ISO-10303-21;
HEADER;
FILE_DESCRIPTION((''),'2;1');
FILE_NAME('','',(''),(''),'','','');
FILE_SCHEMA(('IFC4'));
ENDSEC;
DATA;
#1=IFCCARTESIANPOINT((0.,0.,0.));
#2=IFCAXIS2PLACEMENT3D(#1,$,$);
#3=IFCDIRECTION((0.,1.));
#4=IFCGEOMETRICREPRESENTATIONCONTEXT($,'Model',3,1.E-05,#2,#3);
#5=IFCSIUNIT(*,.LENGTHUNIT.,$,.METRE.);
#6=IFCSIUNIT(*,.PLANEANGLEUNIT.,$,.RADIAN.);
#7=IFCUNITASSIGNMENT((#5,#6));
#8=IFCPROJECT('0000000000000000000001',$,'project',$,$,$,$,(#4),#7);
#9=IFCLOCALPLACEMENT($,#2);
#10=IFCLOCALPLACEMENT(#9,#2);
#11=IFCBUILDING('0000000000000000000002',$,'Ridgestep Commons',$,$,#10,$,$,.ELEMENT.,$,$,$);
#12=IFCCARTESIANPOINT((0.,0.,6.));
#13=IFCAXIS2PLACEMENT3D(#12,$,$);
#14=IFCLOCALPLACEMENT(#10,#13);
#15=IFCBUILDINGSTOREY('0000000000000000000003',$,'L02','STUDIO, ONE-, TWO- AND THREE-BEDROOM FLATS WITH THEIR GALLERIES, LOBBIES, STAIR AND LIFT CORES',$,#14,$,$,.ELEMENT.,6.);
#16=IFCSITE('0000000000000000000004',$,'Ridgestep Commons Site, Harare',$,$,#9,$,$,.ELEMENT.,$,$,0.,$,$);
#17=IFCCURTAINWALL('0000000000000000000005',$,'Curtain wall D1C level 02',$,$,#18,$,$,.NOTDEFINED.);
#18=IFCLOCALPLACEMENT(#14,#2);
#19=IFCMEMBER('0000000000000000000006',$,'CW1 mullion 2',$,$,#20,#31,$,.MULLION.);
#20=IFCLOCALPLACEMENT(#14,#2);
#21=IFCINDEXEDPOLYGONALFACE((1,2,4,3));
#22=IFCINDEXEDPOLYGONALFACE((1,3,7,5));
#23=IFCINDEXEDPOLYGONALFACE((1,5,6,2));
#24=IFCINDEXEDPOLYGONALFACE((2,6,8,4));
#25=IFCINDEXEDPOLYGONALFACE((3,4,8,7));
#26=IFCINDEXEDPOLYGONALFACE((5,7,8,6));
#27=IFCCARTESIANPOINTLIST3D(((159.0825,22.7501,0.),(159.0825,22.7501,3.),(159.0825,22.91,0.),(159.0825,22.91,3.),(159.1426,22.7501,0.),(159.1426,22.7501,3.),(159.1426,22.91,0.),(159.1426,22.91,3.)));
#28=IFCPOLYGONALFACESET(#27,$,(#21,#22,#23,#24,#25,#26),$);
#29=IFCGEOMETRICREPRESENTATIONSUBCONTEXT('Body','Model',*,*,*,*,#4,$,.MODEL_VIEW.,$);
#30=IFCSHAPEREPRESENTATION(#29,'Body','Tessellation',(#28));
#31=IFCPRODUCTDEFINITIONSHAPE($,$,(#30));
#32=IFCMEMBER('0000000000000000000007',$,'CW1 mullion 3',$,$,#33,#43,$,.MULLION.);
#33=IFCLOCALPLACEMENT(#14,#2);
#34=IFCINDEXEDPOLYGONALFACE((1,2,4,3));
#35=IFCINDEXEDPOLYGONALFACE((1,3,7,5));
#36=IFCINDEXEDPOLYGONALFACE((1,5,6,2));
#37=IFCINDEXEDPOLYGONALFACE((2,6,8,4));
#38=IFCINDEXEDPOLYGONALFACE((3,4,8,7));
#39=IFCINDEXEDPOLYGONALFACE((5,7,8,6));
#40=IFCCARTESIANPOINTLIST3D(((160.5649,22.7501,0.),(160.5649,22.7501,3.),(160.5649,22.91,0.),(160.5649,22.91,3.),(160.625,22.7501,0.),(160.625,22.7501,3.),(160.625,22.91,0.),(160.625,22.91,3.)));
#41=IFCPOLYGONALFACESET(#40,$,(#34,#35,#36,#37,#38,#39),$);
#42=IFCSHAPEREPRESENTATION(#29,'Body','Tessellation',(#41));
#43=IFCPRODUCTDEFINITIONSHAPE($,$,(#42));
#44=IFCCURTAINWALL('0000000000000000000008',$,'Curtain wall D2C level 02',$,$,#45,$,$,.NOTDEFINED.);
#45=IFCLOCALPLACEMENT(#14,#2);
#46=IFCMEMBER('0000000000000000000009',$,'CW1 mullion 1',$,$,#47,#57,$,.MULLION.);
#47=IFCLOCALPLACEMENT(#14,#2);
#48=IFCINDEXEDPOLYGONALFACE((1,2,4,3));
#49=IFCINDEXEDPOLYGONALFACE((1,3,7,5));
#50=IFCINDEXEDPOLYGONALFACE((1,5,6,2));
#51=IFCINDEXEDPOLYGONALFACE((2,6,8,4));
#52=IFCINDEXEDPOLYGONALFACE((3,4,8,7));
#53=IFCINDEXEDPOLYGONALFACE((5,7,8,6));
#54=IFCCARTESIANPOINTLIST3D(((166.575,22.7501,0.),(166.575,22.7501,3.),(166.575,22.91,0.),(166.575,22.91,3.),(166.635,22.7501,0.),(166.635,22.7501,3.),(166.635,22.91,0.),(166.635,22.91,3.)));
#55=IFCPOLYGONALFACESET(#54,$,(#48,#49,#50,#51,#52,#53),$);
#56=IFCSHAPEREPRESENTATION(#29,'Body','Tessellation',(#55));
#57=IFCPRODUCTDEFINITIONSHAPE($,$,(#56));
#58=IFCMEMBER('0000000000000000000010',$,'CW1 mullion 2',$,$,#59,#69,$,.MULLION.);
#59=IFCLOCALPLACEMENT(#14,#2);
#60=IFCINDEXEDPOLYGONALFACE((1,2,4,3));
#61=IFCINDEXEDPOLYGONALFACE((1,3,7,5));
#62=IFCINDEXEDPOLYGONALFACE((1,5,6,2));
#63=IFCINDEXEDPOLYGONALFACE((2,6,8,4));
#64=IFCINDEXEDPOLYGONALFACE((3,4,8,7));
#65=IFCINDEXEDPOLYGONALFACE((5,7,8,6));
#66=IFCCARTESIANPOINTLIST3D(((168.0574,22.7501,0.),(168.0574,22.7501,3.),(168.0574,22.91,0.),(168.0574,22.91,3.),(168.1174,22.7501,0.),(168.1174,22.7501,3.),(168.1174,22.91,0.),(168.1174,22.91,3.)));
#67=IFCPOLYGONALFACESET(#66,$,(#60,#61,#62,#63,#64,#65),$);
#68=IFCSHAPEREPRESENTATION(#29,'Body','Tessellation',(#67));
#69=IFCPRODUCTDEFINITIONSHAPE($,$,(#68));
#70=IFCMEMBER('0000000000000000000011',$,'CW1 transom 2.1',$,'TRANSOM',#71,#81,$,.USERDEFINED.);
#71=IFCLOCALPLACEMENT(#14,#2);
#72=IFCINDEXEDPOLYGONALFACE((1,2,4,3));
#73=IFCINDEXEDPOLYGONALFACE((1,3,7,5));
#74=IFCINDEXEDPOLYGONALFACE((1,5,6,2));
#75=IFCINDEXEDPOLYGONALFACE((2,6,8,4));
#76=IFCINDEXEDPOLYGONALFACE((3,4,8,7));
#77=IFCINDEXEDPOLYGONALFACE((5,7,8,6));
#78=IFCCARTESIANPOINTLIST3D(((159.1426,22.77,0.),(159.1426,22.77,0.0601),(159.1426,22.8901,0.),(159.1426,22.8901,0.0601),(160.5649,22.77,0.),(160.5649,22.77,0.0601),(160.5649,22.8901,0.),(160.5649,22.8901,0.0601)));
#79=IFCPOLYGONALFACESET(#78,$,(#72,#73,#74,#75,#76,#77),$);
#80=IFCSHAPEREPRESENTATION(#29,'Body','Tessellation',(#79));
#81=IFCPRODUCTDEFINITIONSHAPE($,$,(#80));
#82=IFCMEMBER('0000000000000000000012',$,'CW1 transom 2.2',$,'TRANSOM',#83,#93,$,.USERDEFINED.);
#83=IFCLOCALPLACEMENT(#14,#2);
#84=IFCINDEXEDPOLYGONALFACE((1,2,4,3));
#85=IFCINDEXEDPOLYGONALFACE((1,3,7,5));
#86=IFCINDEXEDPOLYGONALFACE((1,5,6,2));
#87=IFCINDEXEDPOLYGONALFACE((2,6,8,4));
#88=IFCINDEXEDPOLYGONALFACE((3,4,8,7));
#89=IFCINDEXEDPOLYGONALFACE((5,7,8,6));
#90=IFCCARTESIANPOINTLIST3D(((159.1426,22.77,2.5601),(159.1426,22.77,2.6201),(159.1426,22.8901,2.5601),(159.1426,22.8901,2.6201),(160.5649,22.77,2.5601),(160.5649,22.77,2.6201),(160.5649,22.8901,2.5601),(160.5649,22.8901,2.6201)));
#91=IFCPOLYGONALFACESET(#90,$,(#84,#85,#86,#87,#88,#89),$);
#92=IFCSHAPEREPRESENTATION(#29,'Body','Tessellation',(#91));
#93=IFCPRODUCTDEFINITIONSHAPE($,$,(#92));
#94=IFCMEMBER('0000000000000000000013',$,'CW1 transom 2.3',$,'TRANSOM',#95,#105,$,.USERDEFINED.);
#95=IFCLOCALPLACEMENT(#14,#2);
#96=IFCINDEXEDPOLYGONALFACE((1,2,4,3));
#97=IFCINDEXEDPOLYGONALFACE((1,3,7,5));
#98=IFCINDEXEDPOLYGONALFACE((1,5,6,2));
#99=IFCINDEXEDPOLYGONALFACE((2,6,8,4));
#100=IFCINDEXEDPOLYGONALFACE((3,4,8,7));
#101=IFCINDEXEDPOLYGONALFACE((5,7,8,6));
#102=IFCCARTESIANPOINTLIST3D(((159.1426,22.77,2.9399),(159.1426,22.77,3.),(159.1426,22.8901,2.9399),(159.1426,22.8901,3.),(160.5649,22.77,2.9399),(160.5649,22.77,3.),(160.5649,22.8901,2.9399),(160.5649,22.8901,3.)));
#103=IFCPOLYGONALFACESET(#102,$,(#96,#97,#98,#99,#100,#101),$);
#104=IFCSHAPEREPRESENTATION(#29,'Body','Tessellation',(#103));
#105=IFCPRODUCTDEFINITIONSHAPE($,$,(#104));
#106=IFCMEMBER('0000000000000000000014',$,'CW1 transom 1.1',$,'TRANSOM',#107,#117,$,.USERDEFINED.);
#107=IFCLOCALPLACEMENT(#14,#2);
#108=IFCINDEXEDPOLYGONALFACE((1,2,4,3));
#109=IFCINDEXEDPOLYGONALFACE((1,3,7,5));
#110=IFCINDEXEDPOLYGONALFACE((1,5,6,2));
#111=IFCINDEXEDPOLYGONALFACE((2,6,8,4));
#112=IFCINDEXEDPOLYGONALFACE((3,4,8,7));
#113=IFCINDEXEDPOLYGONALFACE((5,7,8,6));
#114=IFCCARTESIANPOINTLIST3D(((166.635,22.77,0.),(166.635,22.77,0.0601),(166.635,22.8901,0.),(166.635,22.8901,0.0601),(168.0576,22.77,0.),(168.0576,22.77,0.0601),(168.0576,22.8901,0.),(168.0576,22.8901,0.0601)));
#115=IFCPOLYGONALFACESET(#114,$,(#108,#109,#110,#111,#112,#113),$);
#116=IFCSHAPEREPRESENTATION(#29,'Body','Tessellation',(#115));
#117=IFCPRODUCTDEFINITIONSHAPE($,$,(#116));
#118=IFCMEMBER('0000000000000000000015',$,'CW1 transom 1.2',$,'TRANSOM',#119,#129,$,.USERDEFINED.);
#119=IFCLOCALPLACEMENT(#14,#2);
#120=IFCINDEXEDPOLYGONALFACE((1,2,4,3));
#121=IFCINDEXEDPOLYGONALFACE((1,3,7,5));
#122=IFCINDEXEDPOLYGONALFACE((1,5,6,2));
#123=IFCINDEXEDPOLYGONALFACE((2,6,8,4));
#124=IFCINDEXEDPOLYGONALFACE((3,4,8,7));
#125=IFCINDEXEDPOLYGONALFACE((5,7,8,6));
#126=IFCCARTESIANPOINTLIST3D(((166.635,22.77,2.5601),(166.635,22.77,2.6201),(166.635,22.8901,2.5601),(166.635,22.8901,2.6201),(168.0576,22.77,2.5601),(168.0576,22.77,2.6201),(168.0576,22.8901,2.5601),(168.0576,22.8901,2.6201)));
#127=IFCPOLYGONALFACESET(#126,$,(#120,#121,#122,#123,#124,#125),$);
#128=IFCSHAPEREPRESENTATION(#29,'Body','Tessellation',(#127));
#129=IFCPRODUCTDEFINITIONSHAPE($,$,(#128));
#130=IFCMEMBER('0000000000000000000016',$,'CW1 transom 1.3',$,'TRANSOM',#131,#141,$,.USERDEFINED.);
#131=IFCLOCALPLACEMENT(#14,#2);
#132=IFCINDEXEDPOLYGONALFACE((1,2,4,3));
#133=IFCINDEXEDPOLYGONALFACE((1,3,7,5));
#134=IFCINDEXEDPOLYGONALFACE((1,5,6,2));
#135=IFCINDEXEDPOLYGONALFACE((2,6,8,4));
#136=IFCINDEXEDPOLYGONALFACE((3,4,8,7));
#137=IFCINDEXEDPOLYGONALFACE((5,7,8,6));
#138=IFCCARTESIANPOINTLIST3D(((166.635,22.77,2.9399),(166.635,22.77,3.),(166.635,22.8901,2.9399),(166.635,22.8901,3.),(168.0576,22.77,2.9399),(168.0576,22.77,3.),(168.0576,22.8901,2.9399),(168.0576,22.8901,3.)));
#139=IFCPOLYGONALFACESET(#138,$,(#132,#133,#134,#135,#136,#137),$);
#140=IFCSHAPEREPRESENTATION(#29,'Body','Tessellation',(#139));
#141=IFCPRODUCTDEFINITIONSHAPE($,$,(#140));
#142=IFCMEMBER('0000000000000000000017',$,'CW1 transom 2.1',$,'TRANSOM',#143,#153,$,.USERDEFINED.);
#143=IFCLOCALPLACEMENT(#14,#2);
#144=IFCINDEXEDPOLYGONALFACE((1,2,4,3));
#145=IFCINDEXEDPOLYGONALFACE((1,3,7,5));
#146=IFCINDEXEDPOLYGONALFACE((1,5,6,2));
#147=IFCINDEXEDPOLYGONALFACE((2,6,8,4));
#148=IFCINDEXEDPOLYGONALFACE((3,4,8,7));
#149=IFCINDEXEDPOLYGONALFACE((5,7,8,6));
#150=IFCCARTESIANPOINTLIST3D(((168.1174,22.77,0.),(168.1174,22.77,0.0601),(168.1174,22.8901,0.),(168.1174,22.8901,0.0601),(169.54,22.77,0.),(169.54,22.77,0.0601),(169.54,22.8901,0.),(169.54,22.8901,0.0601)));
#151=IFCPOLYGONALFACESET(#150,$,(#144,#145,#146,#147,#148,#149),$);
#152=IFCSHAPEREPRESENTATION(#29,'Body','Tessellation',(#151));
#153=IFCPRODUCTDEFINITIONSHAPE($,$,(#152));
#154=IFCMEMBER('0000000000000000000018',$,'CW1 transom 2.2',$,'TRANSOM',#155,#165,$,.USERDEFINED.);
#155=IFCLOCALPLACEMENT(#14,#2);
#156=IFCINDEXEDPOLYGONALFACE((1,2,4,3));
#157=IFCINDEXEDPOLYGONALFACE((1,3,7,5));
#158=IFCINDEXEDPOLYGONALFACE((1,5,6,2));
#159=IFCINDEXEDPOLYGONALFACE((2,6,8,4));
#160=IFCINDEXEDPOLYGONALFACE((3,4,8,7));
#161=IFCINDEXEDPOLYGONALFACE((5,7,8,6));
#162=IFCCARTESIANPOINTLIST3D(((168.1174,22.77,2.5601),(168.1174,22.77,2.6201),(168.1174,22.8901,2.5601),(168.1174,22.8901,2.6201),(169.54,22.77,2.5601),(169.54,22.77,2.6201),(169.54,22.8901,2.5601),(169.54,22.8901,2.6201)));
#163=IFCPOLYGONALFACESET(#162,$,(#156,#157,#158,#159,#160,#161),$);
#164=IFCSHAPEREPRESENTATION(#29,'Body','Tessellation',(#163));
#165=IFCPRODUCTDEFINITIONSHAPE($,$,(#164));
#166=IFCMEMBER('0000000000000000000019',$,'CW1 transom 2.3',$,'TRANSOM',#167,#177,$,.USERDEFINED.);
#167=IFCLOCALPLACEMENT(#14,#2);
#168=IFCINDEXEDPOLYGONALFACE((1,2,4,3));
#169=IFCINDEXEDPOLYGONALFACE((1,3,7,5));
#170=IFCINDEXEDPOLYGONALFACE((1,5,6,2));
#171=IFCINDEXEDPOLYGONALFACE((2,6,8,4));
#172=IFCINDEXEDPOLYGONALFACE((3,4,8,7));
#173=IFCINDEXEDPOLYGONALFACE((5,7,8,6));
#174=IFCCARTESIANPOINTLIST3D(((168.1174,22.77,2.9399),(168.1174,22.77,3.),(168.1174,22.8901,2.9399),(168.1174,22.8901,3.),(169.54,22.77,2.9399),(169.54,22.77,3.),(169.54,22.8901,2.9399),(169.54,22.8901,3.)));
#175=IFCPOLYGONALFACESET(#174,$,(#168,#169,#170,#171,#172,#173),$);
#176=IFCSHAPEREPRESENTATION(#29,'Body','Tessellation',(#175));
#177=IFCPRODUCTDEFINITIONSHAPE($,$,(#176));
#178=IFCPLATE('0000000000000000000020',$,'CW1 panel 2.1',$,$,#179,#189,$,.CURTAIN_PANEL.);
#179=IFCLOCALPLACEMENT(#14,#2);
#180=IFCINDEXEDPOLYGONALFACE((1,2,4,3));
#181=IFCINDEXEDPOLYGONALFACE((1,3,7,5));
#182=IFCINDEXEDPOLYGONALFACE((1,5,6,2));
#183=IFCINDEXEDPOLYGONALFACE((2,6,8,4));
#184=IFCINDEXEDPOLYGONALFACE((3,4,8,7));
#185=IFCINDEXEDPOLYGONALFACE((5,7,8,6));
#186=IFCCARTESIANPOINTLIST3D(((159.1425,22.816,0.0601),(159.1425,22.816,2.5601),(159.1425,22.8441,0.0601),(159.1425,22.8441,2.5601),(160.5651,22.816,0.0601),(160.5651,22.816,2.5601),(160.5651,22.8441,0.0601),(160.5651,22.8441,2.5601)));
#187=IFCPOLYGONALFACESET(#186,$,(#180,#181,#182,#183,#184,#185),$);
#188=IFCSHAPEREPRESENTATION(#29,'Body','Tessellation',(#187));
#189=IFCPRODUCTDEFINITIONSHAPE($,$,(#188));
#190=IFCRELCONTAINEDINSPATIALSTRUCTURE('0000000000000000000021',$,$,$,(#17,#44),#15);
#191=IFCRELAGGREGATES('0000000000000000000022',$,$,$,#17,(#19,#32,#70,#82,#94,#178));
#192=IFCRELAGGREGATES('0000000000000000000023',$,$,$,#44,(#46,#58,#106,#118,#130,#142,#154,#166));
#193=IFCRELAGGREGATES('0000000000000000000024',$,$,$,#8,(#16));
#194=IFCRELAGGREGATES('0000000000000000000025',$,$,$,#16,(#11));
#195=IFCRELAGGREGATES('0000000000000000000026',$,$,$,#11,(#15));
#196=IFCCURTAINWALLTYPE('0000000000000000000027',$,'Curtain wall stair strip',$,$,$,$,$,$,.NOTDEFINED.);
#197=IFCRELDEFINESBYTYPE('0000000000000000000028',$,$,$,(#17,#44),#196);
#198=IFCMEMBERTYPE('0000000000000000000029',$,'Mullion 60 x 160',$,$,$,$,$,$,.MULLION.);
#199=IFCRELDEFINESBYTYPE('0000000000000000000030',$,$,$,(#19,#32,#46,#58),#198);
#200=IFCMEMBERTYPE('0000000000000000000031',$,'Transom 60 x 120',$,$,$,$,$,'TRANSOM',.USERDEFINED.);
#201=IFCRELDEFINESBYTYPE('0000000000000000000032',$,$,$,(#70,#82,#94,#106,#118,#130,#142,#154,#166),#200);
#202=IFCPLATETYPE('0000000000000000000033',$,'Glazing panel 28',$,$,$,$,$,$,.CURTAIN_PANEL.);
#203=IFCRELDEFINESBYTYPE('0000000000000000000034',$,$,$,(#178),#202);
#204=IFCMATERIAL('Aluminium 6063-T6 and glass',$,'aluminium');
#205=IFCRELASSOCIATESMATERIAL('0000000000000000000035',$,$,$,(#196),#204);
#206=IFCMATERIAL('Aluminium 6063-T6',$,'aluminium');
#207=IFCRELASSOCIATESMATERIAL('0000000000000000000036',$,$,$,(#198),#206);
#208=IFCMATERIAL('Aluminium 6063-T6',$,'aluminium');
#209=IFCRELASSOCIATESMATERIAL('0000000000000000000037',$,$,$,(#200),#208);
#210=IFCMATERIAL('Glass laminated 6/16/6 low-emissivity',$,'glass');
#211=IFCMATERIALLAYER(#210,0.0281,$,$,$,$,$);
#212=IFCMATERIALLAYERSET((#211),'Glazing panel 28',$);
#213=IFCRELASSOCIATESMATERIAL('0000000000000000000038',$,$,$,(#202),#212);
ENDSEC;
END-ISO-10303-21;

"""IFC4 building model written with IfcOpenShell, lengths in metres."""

from ifc_helpers import new_model, si_unit, direction, frame, origin, origin_2d, place, context, subcontext, project, spatial, rectangle, extrude, material, layer, layer_set, material_profile, profile_set, type_object, element, aggregate, save


model = new_model("IFC4")

# Units and contexts
model_context = context("Model", 3, precision=1e-05, world=origin(), true_north=direction((0.0, 1.0)))
body_context = subcontext(model_context, "Body", "Model", "MODEL_VIEW")
ifc_project = project(units=[si_unit("LENGTHUNIT", "METRE"), si_unit("PLANEANGLEUNIT", "RADIAN")], contexts=[model_context])

# Site, building, storey
site_placement = place(None, origin())
site = spatial("IfcSite", under=ifc_project, at=site_placement, Name="Ridgestep Commons Site, Harare", CompositionType="ELEMENT", RefElevation=0.0)
building_placement = place(site_placement, origin())
building = spatial("IfcBuilding", under=site, at=building_placement, Name="Ridgestep Commons", CompositionType="ELEMENT")
storey_placement = place(building_placement, frame((0.0, 0.0, 6.0)))
storey = spatial("IfcBuildingStorey", under=building, at=storey_placement, Name="L02", Description="STUDIO, ONE-, TWO- AND THREE-BEDROOM FLATS WITH THEIR GALLERIES, LOBBIES, STAIR AND LIFT CORES", CompositionType="ELEMENT", Elevation=6.0)

# Curtain walls, members
ifc_material_1 = material(Name="Aluminium 6063-T6 and glass", Category="aluminium")
curtain_wall_type = type_object("IfcCurtainWallType", Name="Curtain wall stair strip", PredefinedType="NOTDEFINED", material=ifc_material_1)
curtain_wall_1_placement = place(storey_placement, origin())
curtain_wall_1 = element("IfcCurtainWall", 1, at=curtain_wall_1_placement, inside=storey, type_object=curtain_wall_type, Name="Curtain wall D1C level 02", PredefinedType="NOTDEFINED")
ifc_material_2 = material(Name="Aluminium 6063-T6", Category="aluminium")
ifc_material_profile_1 = material_profile(ifc_material_2, rectangle(XDim=0.1599, YDim=0.0601, at=origin_2d()), Name="Mullion 60 x 160")
ifc_profile_set_1 = profile_set([ifc_material_profile_1], Name="Aluminium 6063-T6")
member_type_1 = type_object("IfcMemberType", Name="Mullion 60 x 160", PredefinedType="MULLION", material=ifc_profile_set_1)
member_1_placement = place(storey_placement, frame((159.1125, 22.8301, 0.0), z_axis=(0.0, 0.0, 1.0), x_axis=(0.0, 1.0, 0.0)))
member_1 = element("IfcMember", 2, at=member_1_placement, type_object=member_type_1, Name="CW1 mullion 2", PredefinedType="MULLION", context=body_context, shape_type="SweptSolid", body=[
    extrude(rectangle(XDim=0.1599, YDim=0.0601, at=origin_2d()), origin(), (0.0, 0.0, 1.0), 3.0),
])
member_2_placement = place(storey_placement, frame((160.595, 22.8301, 0.0), z_axis=(0.0, 0.0, 1.0), x_axis=(0.0, 1.0, 0.0)))
member_2 = element("IfcMember", 3, at=member_2_placement, type_object=member_type_1, Name="CW1 mullion 3", PredefinedType="MULLION", context=body_context, shape_type="SweptSolid", body=[
    extrude(rectangle(XDim=0.1599, YDim=0.0601, at=origin_2d()), origin(), (0.0, 0.0, 1.0), 3.0),
])
curtain_wall_2_placement = place(storey_placement, origin())
curtain_wall_2 = element("IfcCurtainWall", 4, at=curtain_wall_2_placement, inside=storey, type_object=curtain_wall_type, Name="Curtain wall D2C level 02", PredefinedType="NOTDEFINED")
member_3_placement = place(storey_placement, frame((166.605, 22.8301, 0.0), z_axis=(0.0, 0.0, 1.0), x_axis=(0.0, 1.0, 0.0)))
member_3 = element("IfcMember", 5, at=member_3_placement, type_object=member_type_1, Name="CW1 mullion 1", PredefinedType="MULLION", context=body_context, shape_type="SweptSolid", body=[
    extrude(rectangle(XDim=0.1599, YDim=0.0601, at=origin_2d()), origin(), (0.0, 0.0, 1.0), 3.0),
])
member_4_placement = place(storey_placement, frame((168.0874, 22.8301, 0.0), z_axis=(0.0, 0.0, 1.0), x_axis=(0.0, 1.0, 0.0)))
member_4 = element("IfcMember", 6, at=member_4_placement, type_object=member_type_1, Name="CW1 mullion 2", PredefinedType="MULLION", context=body_context, shape_type="SweptSolid", body=[
    extrude(rectangle(XDim=0.1599, YDim=0.0601, at=origin_2d()), origin(), (0.0, 0.0, 1.0), 3.0),
])

# Members
ifc_material_3 = material(Name="Aluminium 6063-T6", Category="aluminium")
ifc_material_profile_2 = material_profile(ifc_material_3, rectangle(XDim=0.1201, YDim=0.0601, at=origin_2d()), Name="Transom 60 x 120")
ifc_profile_set_2 = profile_set([ifc_material_profile_2], Name="Aluminium 6063-T6")
member_type_2 = type_object("IfcMemberType", Name="Transom 60 x 120", ElementType="TRANSOM", PredefinedType="USERDEFINED", material=ifc_profile_set_2)
member_5_placement = place(storey_placement, frame((159.1426, 22.8301, 0.03), z_axis=(1.0, 0.0, 0.0), x_axis=(0.0, 1.0, 0.0)))
member_5 = element("IfcMember", 7, at=member_5_placement, type_object=member_type_2, Name="CW1 transom 2.1", ObjectType="TRANSOM", PredefinedType="USERDEFINED", context=body_context, shape_type="SweptSolid", body=[
    extrude(rectangle(XDim=0.1201, YDim=0.0601, at=origin_2d()), origin(), (0.0, 0.0, 1.0), 1.4224),
])
member_6_placement = place(storey_placement, frame((159.1426, 22.8301, 2.5901), z_axis=(1.0, 0.0, 0.0), x_axis=(0.0, 1.0, 0.0)))
member_6 = element("IfcMember", 8, at=member_6_placement, type_object=member_type_2, Name="CW1 transom 2.2", ObjectType="TRANSOM", PredefinedType="USERDEFINED", context=body_context, shape_type="SweptSolid", body=[
    extrude(rectangle(XDim=0.1201, YDim=0.0601, at=origin_2d()), origin(), (0.0, 0.0, 1.0), 1.4224),
])
member_7_placement = place(storey_placement, frame((159.1426, 22.8301, 2.97), z_axis=(1.0, 0.0, 0.0), x_axis=(0.0, 1.0, 0.0)))
member_7 = element("IfcMember", 9, at=member_7_placement, type_object=member_type_2, Name="CW1 transom 2.3", ObjectType="TRANSOM", PredefinedType="USERDEFINED", context=body_context, shape_type="SweptSolid", body=[
    extrude(rectangle(XDim=0.1201, YDim=0.0601, at=origin_2d()), origin(), (0.0, 0.0, 1.0), 1.4224),
])
member_8_placement = place(storey_placement, frame((166.635, 22.8301, 0.03), z_axis=(1.0, 0.0, 0.0), x_axis=(0.0, 1.0, 0.0)))
member_8 = element("IfcMember", 10, at=member_8_placement, type_object=member_type_2, Name="CW1 transom 1.1", ObjectType="TRANSOM", PredefinedType="USERDEFINED", context=body_context, shape_type="SweptSolid", body=[
    extrude(rectangle(XDim=0.1201, YDim=0.0601, at=origin_2d()), origin(), (0.0, 0.0, 1.0), 1.4226),
])
member_9_placement = place(storey_placement, frame((166.635, 22.8301, 2.5901), z_axis=(1.0, 0.0, 0.0), x_axis=(0.0, 1.0, 0.0)))
member_9 = element("IfcMember", 11, at=member_9_placement, type_object=member_type_2, Name="CW1 transom 1.2", ObjectType="TRANSOM", PredefinedType="USERDEFINED", context=body_context, shape_type="SweptSolid", body=[
    extrude(rectangle(XDim=0.1201, YDim=0.0601, at=origin_2d()), origin(), (0.0, 0.0, 1.0), 1.4226),
])
member_10_placement = place(storey_placement, frame((166.635, 22.8301, 2.97), z_axis=(1.0, 0.0, 0.0), x_axis=(0.0, 1.0, 0.0)))
member_10 = element("IfcMember", 12, at=member_10_placement, type_object=member_type_2, Name="CW1 transom 1.3", ObjectType="TRANSOM", PredefinedType="USERDEFINED", context=body_context, shape_type="SweptSolid", body=[
    extrude(rectangle(XDim=0.1201, YDim=0.0601, at=origin_2d()), origin(), (0.0, 0.0, 1.0), 1.4226),
])
member_11_placement = place(storey_placement, frame((168.1174, 22.8301, 0.03), z_axis=(1.0, 0.0, 0.0), x_axis=(0.0, 1.0, 0.0)))
member_11 = element("IfcMember", 13, at=member_11_placement, type_object=member_type_2, Name="CW1 transom 2.1", ObjectType="TRANSOM", PredefinedType="USERDEFINED", context=body_context, shape_type="SweptSolid", body=[
    extrude(rectangle(XDim=0.1201, YDim=0.0601, at=origin_2d()), origin(), (0.0, 0.0, 1.0), 1.4226),
])
member_12_placement = place(storey_placement, frame((168.1174, 22.8301, 2.5901), z_axis=(1.0, 0.0, 0.0), x_axis=(0.0, 1.0, 0.0)))
member_12 = element("IfcMember", 14, at=member_12_placement, type_object=member_type_2, Name="CW1 transom 2.2", ObjectType="TRANSOM", PredefinedType="USERDEFINED", context=body_context, shape_type="SweptSolid", body=[
    extrude(rectangle(XDim=0.1201, YDim=0.0601, at=origin_2d()), origin(), (0.0, 0.0, 1.0), 1.4226),
])
member_13_placement = place(storey_placement, frame((168.1174, 22.8301, 2.97), z_axis=(1.0, 0.0, 0.0), x_axis=(0.0, 1.0, 0.0)))
member_13 = element("IfcMember", 15, at=member_13_placement, type_object=member_type_2, Name="CW1 transom 2.3", ObjectType="TRANSOM", PredefinedType="USERDEFINED", context=body_context, shape_type="SweptSolid", body=[
    extrude(rectangle(XDim=0.1201, YDim=0.0601, at=origin_2d()), origin(), (0.0, 0.0, 1.0), 1.4226),
])

# Plate
ifc_material_4 = material(Name="Glass laminated 6/16/6 low-emissivity", Category="glass")
ifc_layer_1 = layer(ifc_material_4, 0.0281)
ifc_layer_set_1 = layer_set([ifc_layer_1], Name="Glazing panel 28")
plate_type_1 = type_object("IfcPlateType", Name="Glazing panel 28", PredefinedType="CURTAIN_PANEL", material=ifc_layer_set_1)
plate_1_placement = place(storey_placement, frame((159.8538, 22.8301, 0.0601), z_axis=(0.0, 0.0, 1.0), x_axis=(1.0, 0.0, 0.0)))
plate_1 = element("IfcPlate", 16, at=plate_1_placement, type_object=plate_type_1, Name="CW1 panel 2.1", PredefinedType="CURTAIN_PANEL", context=body_context, shape_type="SweptSolid", body=[
    extrude(rectangle(XDim=1.4226, YDim=0.0281, at=origin_2d()), origin(), (0.0, 0.0, 1.0), 2.5),
])
aggregate(curtain_wall_1, [member_1, member_2, member_5, member_6, member_7, plate_1])
aggregate(curtain_wall_2, [member_3, member_4, member_8, member_9, member_10, member_11, member_12, member_13])

save(model, "model.ifc")
